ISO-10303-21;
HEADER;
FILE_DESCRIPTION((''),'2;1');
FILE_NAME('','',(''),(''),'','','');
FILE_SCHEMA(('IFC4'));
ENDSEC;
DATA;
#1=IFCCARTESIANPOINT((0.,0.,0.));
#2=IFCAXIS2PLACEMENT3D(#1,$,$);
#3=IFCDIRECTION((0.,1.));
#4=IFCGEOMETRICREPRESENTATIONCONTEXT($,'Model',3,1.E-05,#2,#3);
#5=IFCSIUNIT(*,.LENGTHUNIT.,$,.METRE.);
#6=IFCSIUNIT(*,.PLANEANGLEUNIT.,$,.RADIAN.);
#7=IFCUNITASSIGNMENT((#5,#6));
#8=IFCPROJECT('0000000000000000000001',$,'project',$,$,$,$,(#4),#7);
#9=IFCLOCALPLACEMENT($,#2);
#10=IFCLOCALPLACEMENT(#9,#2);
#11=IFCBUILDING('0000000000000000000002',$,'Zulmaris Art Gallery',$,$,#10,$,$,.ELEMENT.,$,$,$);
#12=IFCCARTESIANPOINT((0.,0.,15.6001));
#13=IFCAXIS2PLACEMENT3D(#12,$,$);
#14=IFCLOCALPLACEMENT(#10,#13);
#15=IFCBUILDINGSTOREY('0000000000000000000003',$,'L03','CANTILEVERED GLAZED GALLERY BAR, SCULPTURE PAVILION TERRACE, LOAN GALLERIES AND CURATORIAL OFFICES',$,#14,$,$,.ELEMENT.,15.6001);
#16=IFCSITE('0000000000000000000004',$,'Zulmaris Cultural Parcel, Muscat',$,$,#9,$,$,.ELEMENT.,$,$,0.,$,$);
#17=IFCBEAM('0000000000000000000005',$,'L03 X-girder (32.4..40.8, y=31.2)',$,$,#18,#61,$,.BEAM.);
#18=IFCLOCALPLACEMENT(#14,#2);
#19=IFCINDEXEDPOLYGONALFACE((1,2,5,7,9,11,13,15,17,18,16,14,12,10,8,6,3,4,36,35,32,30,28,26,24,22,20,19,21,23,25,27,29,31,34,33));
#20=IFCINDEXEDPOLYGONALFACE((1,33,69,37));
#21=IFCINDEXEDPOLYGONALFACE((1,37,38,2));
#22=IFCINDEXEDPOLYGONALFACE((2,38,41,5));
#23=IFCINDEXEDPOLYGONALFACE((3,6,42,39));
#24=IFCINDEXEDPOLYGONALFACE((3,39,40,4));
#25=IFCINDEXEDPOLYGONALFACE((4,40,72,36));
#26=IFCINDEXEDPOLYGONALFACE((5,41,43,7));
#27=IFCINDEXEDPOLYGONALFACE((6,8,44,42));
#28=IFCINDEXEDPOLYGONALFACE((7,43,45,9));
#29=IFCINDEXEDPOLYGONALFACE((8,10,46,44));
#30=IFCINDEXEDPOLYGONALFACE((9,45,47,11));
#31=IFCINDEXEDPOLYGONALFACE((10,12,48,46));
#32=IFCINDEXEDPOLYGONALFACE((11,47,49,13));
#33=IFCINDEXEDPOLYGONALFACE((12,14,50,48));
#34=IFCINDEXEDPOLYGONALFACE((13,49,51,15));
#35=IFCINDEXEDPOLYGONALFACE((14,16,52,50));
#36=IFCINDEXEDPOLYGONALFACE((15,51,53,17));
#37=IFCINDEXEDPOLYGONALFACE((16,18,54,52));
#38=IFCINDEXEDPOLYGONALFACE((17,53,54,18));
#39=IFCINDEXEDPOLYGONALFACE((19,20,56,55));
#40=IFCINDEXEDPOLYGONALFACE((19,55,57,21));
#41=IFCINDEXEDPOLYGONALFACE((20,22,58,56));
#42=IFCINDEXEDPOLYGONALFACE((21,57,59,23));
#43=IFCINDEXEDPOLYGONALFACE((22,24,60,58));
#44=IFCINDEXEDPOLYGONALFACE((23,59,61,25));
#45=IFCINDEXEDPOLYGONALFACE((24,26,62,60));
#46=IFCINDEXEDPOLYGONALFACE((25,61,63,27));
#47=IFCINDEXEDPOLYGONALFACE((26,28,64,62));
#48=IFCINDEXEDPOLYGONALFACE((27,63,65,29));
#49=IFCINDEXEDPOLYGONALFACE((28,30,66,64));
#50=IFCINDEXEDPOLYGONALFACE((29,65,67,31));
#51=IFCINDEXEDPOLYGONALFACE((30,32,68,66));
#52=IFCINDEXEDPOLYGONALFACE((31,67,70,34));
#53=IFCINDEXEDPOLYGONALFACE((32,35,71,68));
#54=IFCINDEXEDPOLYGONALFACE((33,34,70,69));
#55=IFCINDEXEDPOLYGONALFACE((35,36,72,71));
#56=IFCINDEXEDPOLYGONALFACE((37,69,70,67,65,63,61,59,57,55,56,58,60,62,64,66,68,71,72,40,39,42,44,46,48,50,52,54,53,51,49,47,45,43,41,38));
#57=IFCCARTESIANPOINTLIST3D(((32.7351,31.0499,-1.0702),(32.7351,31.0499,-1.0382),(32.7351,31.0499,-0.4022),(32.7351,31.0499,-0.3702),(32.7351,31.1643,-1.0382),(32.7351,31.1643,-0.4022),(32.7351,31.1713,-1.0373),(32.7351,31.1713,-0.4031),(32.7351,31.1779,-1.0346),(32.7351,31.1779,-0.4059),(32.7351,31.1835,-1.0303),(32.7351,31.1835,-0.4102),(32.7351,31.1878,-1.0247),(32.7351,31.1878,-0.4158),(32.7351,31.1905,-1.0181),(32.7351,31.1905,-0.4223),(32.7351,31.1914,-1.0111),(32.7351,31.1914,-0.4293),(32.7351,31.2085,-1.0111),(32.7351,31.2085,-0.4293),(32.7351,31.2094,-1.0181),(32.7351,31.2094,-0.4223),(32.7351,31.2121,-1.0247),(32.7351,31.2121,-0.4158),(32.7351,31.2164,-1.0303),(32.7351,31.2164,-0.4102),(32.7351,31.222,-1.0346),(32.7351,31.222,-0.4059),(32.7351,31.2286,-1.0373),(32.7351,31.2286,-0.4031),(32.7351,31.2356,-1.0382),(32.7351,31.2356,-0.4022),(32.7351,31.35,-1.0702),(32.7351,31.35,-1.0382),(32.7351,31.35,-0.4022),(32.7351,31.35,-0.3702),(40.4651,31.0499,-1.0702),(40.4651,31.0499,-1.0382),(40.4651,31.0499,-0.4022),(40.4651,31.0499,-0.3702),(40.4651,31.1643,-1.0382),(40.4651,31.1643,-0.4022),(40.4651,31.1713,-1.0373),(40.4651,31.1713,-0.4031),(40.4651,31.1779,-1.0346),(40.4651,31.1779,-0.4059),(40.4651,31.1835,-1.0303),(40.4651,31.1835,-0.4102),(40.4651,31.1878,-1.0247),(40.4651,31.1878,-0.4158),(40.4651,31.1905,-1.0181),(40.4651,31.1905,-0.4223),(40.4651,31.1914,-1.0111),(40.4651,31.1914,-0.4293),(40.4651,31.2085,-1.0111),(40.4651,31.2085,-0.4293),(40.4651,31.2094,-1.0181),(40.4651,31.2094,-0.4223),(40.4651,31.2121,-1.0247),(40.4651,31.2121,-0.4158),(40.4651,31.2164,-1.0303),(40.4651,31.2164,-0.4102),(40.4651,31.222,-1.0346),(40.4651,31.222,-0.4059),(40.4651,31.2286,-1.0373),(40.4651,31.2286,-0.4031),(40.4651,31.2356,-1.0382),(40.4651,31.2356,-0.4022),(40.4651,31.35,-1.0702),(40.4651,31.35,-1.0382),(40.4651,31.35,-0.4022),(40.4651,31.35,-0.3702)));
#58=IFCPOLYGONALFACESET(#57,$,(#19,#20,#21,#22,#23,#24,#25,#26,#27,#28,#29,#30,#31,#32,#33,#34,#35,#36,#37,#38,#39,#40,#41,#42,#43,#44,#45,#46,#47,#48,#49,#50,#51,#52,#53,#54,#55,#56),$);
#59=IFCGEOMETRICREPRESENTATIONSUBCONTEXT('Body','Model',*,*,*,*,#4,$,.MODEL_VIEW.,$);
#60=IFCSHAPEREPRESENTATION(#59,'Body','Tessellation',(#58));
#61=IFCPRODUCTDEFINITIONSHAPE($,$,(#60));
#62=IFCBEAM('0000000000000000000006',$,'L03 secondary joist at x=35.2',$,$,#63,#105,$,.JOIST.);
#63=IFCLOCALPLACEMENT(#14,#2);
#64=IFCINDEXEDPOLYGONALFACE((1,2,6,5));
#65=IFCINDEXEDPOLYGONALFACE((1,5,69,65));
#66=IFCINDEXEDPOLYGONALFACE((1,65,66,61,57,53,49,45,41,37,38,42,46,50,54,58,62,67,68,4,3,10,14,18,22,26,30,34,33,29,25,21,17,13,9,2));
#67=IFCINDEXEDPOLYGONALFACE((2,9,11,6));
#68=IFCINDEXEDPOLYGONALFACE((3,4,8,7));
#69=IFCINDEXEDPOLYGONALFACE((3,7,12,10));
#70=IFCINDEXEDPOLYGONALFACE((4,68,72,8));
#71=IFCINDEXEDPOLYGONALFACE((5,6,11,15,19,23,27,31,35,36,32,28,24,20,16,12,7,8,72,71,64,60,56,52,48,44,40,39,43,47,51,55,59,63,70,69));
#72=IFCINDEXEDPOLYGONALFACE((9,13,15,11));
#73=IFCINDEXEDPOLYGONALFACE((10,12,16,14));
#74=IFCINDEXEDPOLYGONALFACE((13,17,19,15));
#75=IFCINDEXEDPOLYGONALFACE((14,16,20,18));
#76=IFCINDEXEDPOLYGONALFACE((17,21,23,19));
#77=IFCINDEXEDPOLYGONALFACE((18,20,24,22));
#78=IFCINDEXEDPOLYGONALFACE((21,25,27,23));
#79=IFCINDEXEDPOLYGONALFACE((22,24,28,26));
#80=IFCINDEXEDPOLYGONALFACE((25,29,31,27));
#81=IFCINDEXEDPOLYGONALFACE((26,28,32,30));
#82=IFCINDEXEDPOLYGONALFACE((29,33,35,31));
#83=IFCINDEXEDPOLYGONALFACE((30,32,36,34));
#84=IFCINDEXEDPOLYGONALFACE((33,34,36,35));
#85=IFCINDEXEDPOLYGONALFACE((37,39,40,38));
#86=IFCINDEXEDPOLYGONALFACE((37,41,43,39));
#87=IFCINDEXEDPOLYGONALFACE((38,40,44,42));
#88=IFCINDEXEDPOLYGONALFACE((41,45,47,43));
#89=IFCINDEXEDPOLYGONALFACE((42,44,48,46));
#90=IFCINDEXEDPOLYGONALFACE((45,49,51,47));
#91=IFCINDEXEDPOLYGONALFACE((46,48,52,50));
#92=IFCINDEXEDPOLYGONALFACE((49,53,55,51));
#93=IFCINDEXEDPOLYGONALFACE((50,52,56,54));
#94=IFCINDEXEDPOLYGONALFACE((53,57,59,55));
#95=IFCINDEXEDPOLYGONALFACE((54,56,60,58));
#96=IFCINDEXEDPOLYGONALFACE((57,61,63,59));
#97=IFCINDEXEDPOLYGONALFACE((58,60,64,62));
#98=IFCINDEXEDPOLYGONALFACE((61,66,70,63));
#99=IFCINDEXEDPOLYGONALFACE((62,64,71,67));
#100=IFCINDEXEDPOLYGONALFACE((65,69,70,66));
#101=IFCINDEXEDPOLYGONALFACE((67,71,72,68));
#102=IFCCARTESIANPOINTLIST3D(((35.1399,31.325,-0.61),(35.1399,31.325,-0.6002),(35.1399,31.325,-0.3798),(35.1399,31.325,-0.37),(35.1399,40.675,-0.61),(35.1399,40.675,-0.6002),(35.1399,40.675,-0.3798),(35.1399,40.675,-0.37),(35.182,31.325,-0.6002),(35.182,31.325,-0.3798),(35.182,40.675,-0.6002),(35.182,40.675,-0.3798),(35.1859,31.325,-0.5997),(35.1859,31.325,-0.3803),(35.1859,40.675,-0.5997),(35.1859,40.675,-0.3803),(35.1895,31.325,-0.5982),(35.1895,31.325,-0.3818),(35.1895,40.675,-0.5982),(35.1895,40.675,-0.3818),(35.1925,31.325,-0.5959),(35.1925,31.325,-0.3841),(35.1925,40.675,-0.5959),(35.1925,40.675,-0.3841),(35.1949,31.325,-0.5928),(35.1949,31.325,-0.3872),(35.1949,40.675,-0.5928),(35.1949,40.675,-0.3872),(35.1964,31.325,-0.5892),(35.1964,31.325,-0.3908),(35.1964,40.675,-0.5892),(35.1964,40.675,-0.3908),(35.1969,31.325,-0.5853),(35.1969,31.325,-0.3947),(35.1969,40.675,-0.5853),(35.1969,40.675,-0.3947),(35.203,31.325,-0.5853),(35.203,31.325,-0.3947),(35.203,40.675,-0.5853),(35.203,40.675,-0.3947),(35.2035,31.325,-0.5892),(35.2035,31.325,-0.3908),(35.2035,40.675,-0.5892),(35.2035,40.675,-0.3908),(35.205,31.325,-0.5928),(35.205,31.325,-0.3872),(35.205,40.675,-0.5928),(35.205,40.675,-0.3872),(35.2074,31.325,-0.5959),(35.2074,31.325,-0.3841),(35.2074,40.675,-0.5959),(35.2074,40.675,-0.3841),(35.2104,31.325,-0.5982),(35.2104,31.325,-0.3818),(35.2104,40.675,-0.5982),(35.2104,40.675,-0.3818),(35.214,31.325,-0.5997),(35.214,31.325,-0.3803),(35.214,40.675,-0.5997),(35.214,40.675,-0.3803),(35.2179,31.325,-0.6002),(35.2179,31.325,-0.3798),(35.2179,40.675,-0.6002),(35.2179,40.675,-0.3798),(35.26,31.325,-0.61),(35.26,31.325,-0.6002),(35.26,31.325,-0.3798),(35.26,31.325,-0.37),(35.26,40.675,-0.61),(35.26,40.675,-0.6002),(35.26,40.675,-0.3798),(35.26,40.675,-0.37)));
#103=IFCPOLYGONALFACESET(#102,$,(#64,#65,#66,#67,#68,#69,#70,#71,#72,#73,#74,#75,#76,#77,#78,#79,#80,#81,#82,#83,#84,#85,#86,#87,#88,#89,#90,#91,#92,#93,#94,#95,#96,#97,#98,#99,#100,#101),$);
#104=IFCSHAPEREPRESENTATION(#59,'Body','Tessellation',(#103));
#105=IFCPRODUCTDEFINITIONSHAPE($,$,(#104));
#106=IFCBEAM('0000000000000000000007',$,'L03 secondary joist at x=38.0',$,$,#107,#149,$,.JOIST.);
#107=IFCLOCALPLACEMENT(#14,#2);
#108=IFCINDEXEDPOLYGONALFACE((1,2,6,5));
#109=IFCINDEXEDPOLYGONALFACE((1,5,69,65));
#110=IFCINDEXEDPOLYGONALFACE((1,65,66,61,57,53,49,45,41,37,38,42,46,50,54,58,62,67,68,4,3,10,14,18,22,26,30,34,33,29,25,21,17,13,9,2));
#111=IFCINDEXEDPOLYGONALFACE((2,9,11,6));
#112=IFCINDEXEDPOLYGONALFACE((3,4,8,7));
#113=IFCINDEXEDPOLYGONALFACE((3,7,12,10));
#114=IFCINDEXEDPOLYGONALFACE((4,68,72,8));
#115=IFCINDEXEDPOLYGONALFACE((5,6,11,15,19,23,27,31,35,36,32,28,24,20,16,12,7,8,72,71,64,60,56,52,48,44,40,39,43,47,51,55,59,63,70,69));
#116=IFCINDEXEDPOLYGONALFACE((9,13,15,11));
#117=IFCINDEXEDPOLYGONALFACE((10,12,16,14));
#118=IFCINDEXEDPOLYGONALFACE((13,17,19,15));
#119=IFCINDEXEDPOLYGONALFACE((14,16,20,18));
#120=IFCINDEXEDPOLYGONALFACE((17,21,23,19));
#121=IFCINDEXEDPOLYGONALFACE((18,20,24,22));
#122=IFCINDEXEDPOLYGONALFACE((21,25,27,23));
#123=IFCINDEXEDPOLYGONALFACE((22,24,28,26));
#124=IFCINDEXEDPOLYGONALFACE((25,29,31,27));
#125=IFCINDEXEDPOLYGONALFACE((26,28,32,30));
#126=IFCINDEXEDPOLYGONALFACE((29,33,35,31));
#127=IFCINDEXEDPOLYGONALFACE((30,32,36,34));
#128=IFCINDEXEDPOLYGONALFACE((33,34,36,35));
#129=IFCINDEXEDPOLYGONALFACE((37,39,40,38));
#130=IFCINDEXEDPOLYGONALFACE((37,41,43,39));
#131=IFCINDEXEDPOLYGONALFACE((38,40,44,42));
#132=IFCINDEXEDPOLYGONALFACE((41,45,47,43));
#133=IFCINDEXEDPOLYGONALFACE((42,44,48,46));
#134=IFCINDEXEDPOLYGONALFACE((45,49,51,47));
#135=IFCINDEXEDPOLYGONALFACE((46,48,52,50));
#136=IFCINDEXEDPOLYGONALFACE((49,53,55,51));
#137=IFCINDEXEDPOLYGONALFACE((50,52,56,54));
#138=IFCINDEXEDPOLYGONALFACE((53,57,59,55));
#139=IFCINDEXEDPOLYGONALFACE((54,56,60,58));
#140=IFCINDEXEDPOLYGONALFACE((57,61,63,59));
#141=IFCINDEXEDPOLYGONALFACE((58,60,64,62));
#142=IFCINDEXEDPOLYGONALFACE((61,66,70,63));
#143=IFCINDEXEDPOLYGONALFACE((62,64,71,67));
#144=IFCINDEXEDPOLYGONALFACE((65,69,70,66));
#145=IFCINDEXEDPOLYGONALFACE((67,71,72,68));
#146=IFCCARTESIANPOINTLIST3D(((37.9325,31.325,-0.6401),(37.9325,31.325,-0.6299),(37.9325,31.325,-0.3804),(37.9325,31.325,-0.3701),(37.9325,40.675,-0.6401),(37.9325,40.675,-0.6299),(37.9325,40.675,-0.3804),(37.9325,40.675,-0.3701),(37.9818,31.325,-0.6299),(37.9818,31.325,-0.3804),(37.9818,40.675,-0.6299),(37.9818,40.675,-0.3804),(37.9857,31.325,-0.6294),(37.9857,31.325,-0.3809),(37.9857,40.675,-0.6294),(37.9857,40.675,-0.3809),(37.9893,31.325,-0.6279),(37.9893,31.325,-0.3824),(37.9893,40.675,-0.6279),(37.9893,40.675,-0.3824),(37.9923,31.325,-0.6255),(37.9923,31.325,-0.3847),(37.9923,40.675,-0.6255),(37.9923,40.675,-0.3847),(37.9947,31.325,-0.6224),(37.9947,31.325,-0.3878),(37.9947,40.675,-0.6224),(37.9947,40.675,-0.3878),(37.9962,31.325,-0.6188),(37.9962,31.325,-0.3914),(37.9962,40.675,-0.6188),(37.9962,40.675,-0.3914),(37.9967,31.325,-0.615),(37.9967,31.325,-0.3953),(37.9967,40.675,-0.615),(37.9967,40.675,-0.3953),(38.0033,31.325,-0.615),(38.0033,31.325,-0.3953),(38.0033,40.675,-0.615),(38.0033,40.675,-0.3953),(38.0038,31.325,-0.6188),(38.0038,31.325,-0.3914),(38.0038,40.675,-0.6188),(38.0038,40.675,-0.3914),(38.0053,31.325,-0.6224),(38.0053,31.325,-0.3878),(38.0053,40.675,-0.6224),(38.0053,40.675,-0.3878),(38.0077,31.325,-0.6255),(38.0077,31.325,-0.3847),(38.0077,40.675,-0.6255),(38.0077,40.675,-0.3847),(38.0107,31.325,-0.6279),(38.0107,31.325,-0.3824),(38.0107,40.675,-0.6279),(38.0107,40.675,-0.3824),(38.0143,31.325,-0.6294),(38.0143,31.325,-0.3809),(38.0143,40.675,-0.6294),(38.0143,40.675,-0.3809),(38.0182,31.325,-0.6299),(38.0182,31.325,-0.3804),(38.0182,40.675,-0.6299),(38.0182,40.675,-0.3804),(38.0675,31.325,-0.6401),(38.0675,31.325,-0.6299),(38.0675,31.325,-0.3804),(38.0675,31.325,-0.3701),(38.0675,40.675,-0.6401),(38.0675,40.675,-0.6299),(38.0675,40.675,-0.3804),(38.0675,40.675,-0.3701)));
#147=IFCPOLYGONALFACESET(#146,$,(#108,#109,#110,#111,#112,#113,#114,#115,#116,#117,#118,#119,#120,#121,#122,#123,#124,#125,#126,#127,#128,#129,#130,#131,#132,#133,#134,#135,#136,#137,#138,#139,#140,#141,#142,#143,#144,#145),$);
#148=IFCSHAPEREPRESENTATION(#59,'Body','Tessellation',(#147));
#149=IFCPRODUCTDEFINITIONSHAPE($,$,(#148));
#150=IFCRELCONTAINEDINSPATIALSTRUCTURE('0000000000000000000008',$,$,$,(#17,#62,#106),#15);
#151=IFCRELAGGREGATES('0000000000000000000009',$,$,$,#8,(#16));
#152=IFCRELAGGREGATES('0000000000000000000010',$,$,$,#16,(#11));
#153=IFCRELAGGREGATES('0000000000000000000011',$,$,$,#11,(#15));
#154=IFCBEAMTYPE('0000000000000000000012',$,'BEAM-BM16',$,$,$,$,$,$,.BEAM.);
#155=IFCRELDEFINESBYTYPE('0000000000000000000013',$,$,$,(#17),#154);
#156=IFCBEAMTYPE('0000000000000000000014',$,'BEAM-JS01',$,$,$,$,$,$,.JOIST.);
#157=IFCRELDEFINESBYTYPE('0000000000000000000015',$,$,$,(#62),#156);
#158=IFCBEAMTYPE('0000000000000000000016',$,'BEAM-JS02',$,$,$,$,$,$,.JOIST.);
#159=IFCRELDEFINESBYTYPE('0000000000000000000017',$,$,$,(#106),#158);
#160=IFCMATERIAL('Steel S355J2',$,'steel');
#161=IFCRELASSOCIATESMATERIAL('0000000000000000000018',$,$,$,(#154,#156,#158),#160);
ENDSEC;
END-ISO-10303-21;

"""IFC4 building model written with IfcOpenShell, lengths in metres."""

from ifc_helpers import new_model, si_unit, direction, frame, origin, origin_2d, place, context, subcontext, project, spatial, i_section, extrude, material, material_profile, profile_set, type_object, element, save


model = new_model("IFC4")

# Units and contexts
model_context = context("Model", 3, precision=1e-05, world=origin(), true_north=direction((0.0, 1.0)))
body_context = subcontext(model_context, "Body", "Model", "MODEL_VIEW")
ifc_project = project(units=[si_unit("LENGTHUNIT", "METRE"), si_unit("PLANEANGLEUNIT", "RADIAN")], contexts=[model_context])

# Site, building, storey
site_placement = place(None, origin())
site = spatial("IfcSite", under=ifc_project, at=site_placement, Name="Zulmaris Cultural Parcel, Muscat", CompositionType="ELEMENT", RefElevation=0.0)
building_placement = place(site_placement, origin())
building = spatial("IfcBuilding", under=site, at=building_placement, Name="Zulmaris Art Gallery", CompositionType="ELEMENT")
storey_placement = place(building_placement, frame((0.0, 0.0, 15.6001)))
storey = spatial("IfcBuildingStorey", under=building, at=storey_placement, Name="L03", Description="CANTILEVERED GLAZED GALLERY BAR, SCULPTURE PAVILION TERRACE, LOAN GALLERIES AND CURATORIAL OFFICES", CompositionType="ELEMENT", Elevation=15.6001)

# Beams
ifc_material_1 = material(Name="Steel S355J2", Category="steel")
ifc_material_profile_1 = material_profile(ifc_material_1, i_section(OverallWidth=0.3, OverallDepth=0.7, WebThickness=0.0171, FlangeThickness=0.032, FilletRadius=0.0271, at=origin_2d()), Name="HEB 700")
ifc_profile_set_1 = profile_set([ifc_material_profile_1], Name="Steel S355J2")
beam_type_1 = type_object("IfcBeamType", Name="BEAM-BM16", PredefinedType="BEAM", material=ifc_profile_set_1)
beam_1_placement = place(storey_placement, frame((32.7351, 31.2, -0.7202), z_axis=(1.0, 0.0, 0.0), x_axis=(0.0, 1.0, 0.0)))
element("IfcBeam", 1, at=beam_1_placement, inside=storey, type_object=beam_type_1, Name="L03 X-girder (32.4..40.8, y=31.2)", PredefinedType="BEAM", context=body_context, shape_type="SweptSolid", body=[
    extrude(i_section(OverallWidth=0.3, OverallDepth=0.7, WebThickness=0.0171, FlangeThickness=0.032, FilletRadius=0.0271, at=origin_2d()), origin(), (0.0, 0.0, 1.0), 7.73),
])
ifc_material_profile_2 = material_profile(ifc_material_1, i_section(OverallWidth=0.1201, OverallDepth=0.24, WebThickness=0.0061, FlangeThickness=0.0098, FilletRadius=0.0149, at=origin_2d()), Name="IPE 240")
ifc_profile_set_2 = profile_set([ifc_material_profile_2], Name="Steel S355J2")
beam_type_2 = type_object("IfcBeamType", Name="BEAM-JS01", PredefinedType="JOIST", material=ifc_profile_set_2)
beam_2_placement = place(storey_placement, frame((35.2, 31.325, -0.49), z_axis=(0.0, 1.0, 0.0), x_axis=(-1.0, 0.0, 0.0)))
element("IfcBeam", 2, at=beam_2_placement, inside=storey, type_object=beam_type_2, Name="L03 secondary joist at x=35.2", PredefinedType="JOIST", context=body_context, shape_type="SweptSolid", body=[
    extrude(i_section(OverallWidth=0.1201, OverallDepth=0.24, WebThickness=0.0061, FlangeThickness=0.0098, FilletRadius=0.0149, at=origin_2d()), origin(), (0.0, 0.0, 1.0), 9.3501),
])
ifc_material_profile_3 = material_profile(ifc_material_1, i_section(OverallWidth=0.135, OverallDepth=0.27, WebThickness=0.0066, FlangeThickness=0.0103, FilletRadius=0.0149, at=origin_2d()), Name="IPE 270")
ifc_profile_set_3 = profile_set([ifc_material_profile_3], Name="Steel S355J2")
beam_type_3 = type_object("IfcBeamType", Name="BEAM-JS02", PredefinedType="JOIST", material=ifc_profile_set_3)
beam_3_placement = place(storey_placement, frame((38.0, 31.325, -0.5051), z_axis=(0.0, 1.0, 0.0), x_axis=(-1.0, 0.0, 0.0)))
element("IfcBeam", 3, at=beam_3_placement, inside=storey, type_object=beam_type_3, Name="L03 secondary joist at x=38.0", PredefinedType="JOIST", context=body_context, shape_type="SweptSolid", body=[
    extrude(i_section(OverallWidth=0.135, OverallDepth=0.27, WebThickness=0.0066, FlangeThickness=0.0103, FilletRadius=0.0149, at=origin_2d()), origin(), (0.0, 0.0, 1.0), 9.3501),
])

save(model, "model.ifc")
